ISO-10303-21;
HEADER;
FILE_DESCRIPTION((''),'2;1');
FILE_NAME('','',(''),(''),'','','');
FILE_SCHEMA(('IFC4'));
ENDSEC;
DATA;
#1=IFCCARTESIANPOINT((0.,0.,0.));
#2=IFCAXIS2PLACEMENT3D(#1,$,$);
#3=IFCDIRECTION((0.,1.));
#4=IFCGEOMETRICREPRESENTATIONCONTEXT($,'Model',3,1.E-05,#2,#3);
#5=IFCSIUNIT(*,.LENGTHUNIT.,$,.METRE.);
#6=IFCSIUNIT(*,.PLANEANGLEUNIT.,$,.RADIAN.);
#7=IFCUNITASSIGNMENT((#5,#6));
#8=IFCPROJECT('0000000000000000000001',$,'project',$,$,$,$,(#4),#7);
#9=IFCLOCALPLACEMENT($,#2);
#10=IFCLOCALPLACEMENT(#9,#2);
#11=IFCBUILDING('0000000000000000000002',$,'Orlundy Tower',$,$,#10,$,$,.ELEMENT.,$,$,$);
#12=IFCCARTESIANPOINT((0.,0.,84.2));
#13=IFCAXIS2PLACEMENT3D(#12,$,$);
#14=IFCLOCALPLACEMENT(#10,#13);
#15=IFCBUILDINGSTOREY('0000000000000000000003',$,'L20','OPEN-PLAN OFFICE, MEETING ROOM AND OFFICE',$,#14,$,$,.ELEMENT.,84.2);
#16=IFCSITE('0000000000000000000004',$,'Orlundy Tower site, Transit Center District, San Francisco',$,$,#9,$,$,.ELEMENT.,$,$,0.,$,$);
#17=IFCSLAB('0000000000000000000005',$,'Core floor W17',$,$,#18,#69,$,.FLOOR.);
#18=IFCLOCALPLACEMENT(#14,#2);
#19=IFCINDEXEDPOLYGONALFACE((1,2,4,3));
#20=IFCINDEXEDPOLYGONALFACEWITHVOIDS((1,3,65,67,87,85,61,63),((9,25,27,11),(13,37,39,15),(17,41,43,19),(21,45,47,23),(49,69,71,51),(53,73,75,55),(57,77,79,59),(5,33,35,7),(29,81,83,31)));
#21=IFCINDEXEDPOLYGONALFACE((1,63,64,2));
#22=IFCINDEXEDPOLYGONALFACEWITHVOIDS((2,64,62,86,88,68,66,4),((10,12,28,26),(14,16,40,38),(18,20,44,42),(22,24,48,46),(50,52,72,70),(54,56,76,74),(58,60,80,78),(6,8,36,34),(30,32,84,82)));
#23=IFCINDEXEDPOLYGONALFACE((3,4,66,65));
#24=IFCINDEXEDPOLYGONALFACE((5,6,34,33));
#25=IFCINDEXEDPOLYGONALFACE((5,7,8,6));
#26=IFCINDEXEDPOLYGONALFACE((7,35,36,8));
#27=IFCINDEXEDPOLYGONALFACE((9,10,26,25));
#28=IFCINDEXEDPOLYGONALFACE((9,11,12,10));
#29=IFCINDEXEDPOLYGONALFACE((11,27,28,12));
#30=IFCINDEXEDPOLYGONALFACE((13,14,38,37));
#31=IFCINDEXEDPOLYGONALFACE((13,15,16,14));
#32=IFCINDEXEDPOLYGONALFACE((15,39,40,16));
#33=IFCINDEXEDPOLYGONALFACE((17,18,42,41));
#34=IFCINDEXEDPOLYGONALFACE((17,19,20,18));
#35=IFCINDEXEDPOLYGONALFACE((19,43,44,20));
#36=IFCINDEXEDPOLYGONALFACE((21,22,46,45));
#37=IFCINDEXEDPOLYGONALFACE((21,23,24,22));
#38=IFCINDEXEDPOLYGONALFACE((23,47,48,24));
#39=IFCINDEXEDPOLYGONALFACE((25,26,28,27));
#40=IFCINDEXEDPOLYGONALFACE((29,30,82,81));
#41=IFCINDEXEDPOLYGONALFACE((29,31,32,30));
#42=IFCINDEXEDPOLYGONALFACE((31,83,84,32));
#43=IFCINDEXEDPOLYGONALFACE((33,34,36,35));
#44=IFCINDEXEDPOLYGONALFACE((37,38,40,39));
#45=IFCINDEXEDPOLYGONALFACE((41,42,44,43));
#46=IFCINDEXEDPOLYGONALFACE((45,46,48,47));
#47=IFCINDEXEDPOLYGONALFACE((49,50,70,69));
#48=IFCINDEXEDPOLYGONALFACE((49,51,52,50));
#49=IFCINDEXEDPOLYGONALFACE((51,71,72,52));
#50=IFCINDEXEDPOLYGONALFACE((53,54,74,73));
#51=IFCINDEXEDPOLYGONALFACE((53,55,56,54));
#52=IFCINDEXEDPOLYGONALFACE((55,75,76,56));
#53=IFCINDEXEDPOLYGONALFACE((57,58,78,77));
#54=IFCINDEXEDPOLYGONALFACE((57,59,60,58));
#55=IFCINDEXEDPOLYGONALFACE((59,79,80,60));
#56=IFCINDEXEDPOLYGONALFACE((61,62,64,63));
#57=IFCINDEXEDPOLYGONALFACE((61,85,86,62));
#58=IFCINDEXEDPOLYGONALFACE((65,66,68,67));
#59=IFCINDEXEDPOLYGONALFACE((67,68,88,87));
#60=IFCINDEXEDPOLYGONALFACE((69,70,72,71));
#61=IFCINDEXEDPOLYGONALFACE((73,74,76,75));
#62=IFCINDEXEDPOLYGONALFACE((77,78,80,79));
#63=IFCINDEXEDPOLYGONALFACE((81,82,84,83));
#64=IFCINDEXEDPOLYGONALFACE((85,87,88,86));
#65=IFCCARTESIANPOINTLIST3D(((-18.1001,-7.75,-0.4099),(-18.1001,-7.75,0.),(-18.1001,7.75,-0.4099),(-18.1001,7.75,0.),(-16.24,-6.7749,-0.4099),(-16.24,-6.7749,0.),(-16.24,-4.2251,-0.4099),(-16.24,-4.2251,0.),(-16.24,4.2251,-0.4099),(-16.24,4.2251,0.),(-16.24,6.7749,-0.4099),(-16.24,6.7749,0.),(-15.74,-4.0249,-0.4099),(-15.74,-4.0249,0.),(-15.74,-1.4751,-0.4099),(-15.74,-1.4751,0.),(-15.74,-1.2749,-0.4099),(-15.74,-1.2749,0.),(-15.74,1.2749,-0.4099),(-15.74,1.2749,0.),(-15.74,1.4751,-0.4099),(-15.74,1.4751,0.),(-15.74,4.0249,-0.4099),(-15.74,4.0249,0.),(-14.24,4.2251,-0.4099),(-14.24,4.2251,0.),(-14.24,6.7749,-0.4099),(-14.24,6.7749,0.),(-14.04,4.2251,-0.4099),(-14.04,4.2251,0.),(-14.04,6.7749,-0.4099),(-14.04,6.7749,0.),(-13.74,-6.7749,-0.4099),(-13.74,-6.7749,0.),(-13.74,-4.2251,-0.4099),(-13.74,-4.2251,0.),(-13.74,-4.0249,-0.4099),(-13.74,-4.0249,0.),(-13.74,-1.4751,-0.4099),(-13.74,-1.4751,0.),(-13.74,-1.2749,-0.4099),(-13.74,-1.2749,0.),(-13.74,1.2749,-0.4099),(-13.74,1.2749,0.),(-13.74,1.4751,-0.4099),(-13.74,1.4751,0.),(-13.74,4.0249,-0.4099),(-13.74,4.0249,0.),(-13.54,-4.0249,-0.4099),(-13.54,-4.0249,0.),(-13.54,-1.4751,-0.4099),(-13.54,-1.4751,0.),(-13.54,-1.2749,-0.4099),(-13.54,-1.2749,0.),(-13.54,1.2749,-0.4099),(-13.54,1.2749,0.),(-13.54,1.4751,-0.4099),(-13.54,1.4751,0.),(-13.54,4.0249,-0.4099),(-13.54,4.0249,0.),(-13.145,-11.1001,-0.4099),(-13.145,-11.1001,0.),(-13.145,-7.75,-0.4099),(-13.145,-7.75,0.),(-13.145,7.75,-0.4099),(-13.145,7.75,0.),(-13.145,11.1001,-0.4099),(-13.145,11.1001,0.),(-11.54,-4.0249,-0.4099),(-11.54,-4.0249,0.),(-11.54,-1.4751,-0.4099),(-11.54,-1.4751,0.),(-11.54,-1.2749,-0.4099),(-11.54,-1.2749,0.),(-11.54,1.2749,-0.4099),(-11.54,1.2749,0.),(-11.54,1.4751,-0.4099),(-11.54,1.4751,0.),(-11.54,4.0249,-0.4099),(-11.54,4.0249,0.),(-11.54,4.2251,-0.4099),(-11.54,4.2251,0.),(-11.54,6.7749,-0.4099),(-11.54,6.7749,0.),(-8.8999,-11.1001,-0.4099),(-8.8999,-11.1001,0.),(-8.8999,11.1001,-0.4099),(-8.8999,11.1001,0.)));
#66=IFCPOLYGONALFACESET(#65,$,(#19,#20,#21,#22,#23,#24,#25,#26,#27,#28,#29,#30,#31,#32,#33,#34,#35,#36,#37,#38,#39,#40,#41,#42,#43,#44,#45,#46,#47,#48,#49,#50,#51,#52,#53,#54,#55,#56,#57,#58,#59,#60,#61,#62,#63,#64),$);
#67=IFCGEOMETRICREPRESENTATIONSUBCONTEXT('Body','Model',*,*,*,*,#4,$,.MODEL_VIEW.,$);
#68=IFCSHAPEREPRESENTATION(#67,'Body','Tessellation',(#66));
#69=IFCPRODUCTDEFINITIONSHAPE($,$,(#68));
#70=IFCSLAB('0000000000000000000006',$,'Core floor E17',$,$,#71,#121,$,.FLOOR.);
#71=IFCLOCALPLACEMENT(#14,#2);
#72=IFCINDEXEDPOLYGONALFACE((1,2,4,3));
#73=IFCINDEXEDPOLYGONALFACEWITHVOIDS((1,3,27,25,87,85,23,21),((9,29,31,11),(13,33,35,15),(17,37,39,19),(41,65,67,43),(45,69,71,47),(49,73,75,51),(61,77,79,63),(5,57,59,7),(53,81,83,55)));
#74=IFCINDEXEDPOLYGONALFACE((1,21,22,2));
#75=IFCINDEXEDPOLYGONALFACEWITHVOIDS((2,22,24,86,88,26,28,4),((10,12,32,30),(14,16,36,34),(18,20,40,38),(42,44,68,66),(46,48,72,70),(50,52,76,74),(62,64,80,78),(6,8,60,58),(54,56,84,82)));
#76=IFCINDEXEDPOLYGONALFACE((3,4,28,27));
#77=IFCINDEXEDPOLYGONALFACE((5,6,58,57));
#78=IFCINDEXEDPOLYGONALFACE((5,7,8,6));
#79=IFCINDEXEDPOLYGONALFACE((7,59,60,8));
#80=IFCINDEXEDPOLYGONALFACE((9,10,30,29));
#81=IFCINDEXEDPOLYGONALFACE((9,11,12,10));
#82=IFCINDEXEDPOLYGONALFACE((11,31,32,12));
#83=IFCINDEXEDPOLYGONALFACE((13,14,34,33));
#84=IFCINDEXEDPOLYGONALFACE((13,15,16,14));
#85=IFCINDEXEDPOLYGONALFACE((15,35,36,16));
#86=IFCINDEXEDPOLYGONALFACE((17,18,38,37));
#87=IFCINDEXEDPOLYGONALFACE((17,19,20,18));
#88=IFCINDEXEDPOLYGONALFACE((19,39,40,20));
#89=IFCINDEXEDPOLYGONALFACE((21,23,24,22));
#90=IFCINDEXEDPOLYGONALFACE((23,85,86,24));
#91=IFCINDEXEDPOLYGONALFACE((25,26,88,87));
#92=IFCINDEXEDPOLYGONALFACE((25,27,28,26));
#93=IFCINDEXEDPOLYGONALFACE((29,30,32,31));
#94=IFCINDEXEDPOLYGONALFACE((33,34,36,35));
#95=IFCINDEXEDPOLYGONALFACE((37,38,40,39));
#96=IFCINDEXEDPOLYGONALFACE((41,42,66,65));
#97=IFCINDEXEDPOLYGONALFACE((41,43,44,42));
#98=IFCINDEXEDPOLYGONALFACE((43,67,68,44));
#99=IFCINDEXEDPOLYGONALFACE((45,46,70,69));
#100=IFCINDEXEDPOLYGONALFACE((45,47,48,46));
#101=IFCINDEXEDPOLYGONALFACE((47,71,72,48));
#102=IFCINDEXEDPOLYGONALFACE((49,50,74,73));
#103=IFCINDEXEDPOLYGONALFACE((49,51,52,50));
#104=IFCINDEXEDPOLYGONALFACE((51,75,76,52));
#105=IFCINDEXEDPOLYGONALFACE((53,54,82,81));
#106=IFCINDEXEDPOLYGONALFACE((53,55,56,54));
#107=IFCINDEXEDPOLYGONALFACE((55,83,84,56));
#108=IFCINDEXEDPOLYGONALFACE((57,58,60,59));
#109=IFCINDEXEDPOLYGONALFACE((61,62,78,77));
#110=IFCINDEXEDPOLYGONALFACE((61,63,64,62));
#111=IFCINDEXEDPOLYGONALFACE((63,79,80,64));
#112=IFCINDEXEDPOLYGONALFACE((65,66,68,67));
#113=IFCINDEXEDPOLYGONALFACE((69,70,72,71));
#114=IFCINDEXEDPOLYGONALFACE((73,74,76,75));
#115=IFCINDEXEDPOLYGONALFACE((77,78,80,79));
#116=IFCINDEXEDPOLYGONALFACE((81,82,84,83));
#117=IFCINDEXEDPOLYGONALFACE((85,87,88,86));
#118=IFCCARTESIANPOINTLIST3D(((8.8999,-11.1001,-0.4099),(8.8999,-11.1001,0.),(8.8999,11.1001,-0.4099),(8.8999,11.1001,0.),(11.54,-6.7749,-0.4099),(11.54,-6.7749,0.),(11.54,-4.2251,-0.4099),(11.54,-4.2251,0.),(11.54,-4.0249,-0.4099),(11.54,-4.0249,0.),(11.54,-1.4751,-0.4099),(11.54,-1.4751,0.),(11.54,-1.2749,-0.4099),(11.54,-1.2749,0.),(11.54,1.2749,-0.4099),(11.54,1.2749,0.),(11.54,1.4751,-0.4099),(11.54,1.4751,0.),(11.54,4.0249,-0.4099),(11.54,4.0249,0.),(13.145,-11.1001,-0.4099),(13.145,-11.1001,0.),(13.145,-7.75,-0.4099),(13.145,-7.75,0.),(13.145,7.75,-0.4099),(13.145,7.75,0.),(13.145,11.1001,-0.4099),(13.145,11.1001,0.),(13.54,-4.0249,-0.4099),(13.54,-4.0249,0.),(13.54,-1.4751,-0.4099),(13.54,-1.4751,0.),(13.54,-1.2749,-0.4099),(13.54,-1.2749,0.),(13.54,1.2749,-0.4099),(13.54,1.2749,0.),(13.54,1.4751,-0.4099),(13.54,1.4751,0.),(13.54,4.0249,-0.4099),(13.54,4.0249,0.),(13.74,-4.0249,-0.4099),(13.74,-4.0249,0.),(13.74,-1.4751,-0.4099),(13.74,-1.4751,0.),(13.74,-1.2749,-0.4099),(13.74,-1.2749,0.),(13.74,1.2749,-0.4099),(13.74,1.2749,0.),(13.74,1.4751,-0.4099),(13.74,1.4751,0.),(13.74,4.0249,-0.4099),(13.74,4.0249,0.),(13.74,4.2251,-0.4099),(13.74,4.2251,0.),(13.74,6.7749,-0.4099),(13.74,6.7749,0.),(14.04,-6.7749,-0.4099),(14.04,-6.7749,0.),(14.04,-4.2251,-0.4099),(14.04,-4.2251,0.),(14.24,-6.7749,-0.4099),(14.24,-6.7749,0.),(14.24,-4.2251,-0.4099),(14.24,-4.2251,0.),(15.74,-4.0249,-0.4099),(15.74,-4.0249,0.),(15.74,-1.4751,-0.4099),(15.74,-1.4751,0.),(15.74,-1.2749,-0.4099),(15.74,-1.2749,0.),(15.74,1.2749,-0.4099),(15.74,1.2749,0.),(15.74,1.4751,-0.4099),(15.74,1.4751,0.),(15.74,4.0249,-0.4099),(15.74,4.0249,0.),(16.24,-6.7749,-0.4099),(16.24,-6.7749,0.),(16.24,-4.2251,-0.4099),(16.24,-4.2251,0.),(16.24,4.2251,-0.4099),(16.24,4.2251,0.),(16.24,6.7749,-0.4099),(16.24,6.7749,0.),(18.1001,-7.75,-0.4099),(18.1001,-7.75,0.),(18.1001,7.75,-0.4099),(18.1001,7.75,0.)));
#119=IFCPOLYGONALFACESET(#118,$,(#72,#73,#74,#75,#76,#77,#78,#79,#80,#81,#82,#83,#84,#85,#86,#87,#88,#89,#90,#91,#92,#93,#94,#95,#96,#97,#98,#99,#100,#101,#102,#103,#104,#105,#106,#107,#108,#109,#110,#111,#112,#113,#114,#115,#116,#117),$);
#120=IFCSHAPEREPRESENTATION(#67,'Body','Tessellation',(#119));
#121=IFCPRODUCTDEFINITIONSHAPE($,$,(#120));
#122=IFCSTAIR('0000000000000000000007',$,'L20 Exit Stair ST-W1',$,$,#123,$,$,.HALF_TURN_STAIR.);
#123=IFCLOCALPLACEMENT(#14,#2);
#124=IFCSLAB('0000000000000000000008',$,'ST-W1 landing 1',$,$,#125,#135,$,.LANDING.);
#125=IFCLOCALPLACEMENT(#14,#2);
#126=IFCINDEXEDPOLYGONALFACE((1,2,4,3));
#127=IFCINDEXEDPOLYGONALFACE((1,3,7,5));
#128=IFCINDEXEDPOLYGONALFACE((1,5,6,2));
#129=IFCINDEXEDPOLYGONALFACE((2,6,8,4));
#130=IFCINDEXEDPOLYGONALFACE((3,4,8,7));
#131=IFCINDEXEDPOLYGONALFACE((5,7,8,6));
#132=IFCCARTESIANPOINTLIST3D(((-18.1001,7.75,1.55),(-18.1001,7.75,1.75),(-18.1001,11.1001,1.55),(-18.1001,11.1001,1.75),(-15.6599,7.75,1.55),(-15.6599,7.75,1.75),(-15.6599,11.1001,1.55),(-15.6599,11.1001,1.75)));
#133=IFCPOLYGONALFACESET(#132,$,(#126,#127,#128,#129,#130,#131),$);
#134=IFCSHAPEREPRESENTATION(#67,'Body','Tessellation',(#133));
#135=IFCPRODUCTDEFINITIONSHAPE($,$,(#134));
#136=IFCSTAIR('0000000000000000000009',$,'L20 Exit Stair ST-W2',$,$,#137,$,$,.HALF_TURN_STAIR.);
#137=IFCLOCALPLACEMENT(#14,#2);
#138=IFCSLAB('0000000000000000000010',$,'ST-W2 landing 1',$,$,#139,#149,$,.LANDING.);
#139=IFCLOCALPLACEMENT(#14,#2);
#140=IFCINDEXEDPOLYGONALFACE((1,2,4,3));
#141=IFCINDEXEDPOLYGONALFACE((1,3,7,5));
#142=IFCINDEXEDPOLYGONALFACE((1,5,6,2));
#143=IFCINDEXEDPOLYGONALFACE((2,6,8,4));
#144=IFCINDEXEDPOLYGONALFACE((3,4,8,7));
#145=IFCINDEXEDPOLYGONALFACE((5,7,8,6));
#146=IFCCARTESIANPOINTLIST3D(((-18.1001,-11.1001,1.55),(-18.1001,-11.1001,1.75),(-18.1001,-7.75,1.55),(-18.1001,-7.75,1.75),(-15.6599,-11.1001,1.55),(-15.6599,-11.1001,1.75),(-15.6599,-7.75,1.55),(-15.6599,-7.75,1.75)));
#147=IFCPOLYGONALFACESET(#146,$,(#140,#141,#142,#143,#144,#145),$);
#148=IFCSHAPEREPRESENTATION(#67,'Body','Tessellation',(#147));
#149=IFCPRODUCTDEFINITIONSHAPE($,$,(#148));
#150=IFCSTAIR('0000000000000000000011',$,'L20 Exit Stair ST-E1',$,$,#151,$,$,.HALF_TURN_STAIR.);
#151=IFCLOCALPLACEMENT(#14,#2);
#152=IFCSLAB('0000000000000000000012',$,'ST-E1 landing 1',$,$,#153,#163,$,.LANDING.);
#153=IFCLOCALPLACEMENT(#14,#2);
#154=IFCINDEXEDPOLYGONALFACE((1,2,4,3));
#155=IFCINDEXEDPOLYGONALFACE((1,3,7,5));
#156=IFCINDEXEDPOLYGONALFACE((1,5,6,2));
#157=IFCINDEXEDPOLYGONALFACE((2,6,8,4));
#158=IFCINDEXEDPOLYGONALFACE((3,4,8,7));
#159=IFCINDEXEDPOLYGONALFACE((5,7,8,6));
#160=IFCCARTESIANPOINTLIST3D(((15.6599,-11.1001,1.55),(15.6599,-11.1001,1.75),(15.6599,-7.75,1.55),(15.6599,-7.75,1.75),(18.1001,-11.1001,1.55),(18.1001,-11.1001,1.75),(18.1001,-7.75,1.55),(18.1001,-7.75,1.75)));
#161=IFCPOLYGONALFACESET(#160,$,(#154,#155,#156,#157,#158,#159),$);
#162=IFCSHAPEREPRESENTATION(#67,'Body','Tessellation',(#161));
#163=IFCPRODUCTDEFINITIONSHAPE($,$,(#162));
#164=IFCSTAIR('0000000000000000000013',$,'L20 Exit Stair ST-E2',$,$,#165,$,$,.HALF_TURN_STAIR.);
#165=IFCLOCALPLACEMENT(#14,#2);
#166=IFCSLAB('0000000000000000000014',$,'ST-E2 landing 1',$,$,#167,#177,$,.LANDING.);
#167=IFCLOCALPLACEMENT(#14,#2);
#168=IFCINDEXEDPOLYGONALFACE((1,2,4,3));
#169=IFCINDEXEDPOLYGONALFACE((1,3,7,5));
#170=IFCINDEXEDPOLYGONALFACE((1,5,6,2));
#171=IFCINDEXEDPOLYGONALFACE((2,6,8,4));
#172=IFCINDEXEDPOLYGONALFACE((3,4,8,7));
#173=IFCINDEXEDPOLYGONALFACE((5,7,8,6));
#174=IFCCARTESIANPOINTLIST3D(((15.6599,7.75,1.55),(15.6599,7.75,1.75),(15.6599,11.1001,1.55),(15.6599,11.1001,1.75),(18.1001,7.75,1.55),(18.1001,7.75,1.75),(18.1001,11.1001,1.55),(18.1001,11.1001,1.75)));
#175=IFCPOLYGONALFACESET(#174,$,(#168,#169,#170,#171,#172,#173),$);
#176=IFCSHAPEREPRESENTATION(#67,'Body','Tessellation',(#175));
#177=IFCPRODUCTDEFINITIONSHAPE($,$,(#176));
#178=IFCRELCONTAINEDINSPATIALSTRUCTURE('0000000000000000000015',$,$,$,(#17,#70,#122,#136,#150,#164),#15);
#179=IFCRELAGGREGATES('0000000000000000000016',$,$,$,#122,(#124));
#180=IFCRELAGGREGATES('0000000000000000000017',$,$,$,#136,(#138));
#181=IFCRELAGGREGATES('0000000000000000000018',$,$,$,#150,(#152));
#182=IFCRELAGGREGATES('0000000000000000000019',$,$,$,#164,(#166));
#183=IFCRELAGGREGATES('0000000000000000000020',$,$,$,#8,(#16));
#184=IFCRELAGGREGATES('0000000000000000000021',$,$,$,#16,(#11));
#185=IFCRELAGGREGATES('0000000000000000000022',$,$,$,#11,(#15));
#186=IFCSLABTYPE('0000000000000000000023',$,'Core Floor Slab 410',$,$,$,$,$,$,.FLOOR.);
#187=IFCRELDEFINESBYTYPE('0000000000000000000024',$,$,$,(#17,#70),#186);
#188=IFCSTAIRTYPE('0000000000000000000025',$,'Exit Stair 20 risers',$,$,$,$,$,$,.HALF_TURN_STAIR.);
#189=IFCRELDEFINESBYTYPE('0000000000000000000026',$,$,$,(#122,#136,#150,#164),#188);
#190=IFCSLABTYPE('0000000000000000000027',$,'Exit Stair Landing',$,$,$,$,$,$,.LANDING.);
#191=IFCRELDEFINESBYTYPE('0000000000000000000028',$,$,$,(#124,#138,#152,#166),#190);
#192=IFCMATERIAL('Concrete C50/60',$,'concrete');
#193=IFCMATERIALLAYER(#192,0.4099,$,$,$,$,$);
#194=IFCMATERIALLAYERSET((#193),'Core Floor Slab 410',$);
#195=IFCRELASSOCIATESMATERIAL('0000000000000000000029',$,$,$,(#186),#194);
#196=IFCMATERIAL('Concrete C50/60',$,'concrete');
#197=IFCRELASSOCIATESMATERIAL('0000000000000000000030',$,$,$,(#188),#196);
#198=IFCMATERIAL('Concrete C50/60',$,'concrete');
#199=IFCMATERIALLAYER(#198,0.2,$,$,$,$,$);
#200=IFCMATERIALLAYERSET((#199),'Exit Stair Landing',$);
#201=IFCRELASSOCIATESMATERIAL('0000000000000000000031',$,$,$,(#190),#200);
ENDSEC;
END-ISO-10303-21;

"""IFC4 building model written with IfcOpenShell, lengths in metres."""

from ifc_helpers import new_model, si_unit, direction, frame, origin, place, context, subcontext, project, spatial, polyline, outline, extrude, material, layer, layer_set, type_object, element, aggregate, save


model = new_model("IFC4")

# Units and contexts
model_context = context("Model", 3, precision=1e-05, world=origin(), true_north=direction((0.0, 1.0)))
body_context = subcontext(model_context, "Body", "Model", "MODEL_VIEW")
ifc_project = project(units=[si_unit("LENGTHUNIT", "METRE"), si_unit("PLANEANGLEUNIT", "RADIAN")], contexts=[model_context])

# Site, building, storey
site_placement = place(None, origin())
site = spatial("IfcSite", under=ifc_project, at=site_placement, Name="Orlundy Tower site, Transit Center District, San Francisco", CompositionType="ELEMENT", RefElevation=0.0)
building_placement = place(site_placement, origin())
building = spatial("IfcBuilding", under=site, at=building_placement, Name="Orlundy Tower", CompositionType="ELEMENT")
storey_placement = place(building_placement, frame((0.0, 0.0, 84.2)))
storey = spatial("IfcBuildingStorey", under=building, at=storey_placement, Name="L20", Description="OPEN-PLAN OFFICE, MEETING ROOM AND OFFICE", CompositionType="ELEMENT", Elevation=84.2)

# Slabs
ifc_material_1 = material(Name="Concrete C50/60", Category="concrete")
ifc_layer_1 = layer(ifc_material_1, 0.4099)
ifc_layer_set_1 = layer_set([ifc_layer_1], Name="Core Floor Slab 410")
slab_type_1 = type_object("IfcSlabType", Name="Core Floor Slab 410", PredefinedType="FLOOR", material=ifc_layer_set_1)
slab_1_placement = place(storey_placement, frame((0.0, 0.0, -0.4099)))
element("IfcSlab", 1, at=slab_1_placement, inside=storey, type_object=slab_type_1, Name="Core floor W17", PredefinedType="FLOOR", context=body_context, shape_type="SweptSolid", body=[
    extrude(outline(polyline([(-13.145, 7.75), (-13.145, 11.1001), (-8.8999, 11.1001), (-8.8999, -11.1001), (-13.145, -11.1001), (-13.145, -7.75), (-18.1001, -7.75), (-18.1001, 7.75), (-13.145, 7.75)]), holes=[polyline([(-16.24, -6.7749), (-13.74, -6.7749), (-13.74, -4.2251), (-16.24, -4.2251), (-16.24, -6.7749)]), polyline([(-13.54, -1.4751), (-13.54, -4.0249), (-11.54, -4.0249), (-11.54, -1.4751), (-13.54, -1.4751)]), polyline([(-13.74, -1.4751), (-15.74, -1.4751), (-15.74, -4.0249), (-13.74, -4.0249), (-13.74, -1.4751)]), polyline([(-11.54, -1.2749), (-11.54, 1.2749), (-13.54, 1.2749), (-13.54, -1.2749), (-11.54, -1.2749)]), polyline([(-15.74, -1.2749), (-13.74, -1.2749), (-13.74, 1.2749), (-15.74, 1.2749), (-15.74, -1.2749)]), polyline([(-13.54, 4.0249), (-13.54, 1.4751), (-11.54, 1.4751), (-11.54, 4.0249), (-13.54, 4.0249)]), polyline([(-13.74, 4.0249), (-15.74, 4.0249), (-15.74, 1.4751), (-13.74, 1.4751), (-13.74, 4.0249)]), polyline([(-11.54, 4.2251), (-11.54, 6.7749), (-14.04, 6.7749), (-14.04, 4.2251), (-11.54, 4.2251)]), polyline([(-16.24, 4.2251), (-14.24, 4.2251), (-14.24, 6.7749), (-16.24, 6.7749), (-16.24, 4.2251)])]), origin(), (0.0, 0.0, 1.0), 0.4099),
])
slab_2_placement = place(storey_placement, frame((0.0, 0.0, -0.4099)))
element("IfcSlab", 2, at=slab_2_placement, inside=storey, type_object=slab_type_1, Name="Core floor E17", PredefinedType="FLOOR", context=body_context, shape_type="SweptSolid", body=[
    extrude(outline(polyline([(13.145, -7.75), (13.145, -11.1001), (8.8999, -11.1001), (8.8999, 11.1001), (13.145, 11.1001), (13.145, 7.75), (18.1001, 7.75), (18.1001, -7.75), (13.145, -7.75)]), holes=[polyline([(16.24, 6.7749), (13.74, 6.7749), (13.74, 4.2251), (16.24, 4.2251), (16.24, 6.7749)]), polyline([(13.54, 1.4751), (13.54, 4.0249), (11.54, 4.0249), (11.54, 1.4751), (13.54, 1.4751)]), polyline([(13.74, 1.4751), (15.74, 1.4751), (15.74, 4.0249), (13.74, 4.0249), (13.74, 1.4751)]), polyline([(11.54, 1.2749), (11.54, -1.2749), (13.54, -1.2749), (13.54, 1.2749), (11.54, 1.2749)]), polyline([(15.74, 1.2749), (13.74, 1.2749), (13.74, -1.2749), (15.74, -1.2749), (15.74, 1.2749)]), polyline([(13.54, -4.0249), (13.54, -1.4751), (11.54, -1.4751), (11.54, -4.0249), (13.54, -4.0249)]), polyline([(13.74, -4.0249), (15.74, -4.0249), (15.74, -1.4751), (13.74, -1.4751), (13.74, -4.0249)]), polyline([(11.54, -4.2251), (11.54, -6.7749), (14.04, -6.7749), (14.04, -4.2251), (11.54, -4.2251)]), polyline([(16.24, -4.2251), (14.24, -4.2251), (14.24, -6.7749), (16.24, -6.7749), (16.24, -4.2251)])]), origin(), (0.0, 0.0, 1.0), 0.4099),
])

# Stairs, slabs
ifc_material_2 = material(Name="Concrete C50/60", Category="concrete")
stair_type = type_object("IfcStairType", Name="Exit Stair 20 risers", PredefinedType="HALF_TURN_STAIR", material=ifc_material_2)
stair_1_placement = place(storey_placement, origin())
stair_1 = element("IfcStair", 3, at=stair_1_placement, inside=storey, type_object=stair_type, Name="L20 Exit Stair ST-W1", PredefinedType="HALF_TURN_STAIR")
ifc_material_3 = material(Name="Concrete C50/60", Category="concrete")
ifc_layer_2 = layer(ifc_material_3, 0.2)
ifc_layer_set_2 = layer_set([ifc_layer_2], Name="Exit Stair Landing")
slab_type_2 = type_object("IfcSlabType", Name="Exit Stair Landing", PredefinedType="LANDING", material=ifc_layer_set_2)
slab_3_placement = place(storey_placement, frame((0.0, 0.0, 1.55)))
slab_3 = element("IfcSlab", 4, at=slab_3_placement, type_object=slab_type_2, Name="ST-W1 landing 1", PredefinedType="LANDING", context=body_context, shape_type="SweptSolid", body=[
    extrude(outline(polyline([(-15.6599, 11.1001), (-18.1001, 11.1001), (-18.1001, 7.75), (-15.6599, 7.75), (-15.6599, 11.1001)])), origin(), (0.0, 0.0, 1.0), 0.2),
])
aggregate(stair_1, [slab_3])
stair_2_placement = place(storey_placement, origin())
stair_2 = element("IfcStair", 5, at=stair_2_placement, inside=storey, type_object=stair_type, Name="L20 Exit Stair ST-W2", PredefinedType="HALF_TURN_STAIR")
slab_4_placement = place(storey_placement, frame((0.0, 0.0, 1.55)))
slab_4 = element("IfcSlab", 6, at=slab_4_placement, type_object=slab_type_2, Name="ST-W2 landing 1", PredefinedType="LANDING", context=body_context, shape_type="SweptSolid", body=[
    extrude(outline(polyline([(-15.6599, -7.75), (-18.1001, -7.75), (-18.1001, -11.1001), (-15.6599, -11.1001), (-15.6599, -7.75)])), origin(), (0.0, 0.0, 1.0), 0.2),
])
aggregate(stair_2, [slab_4])
stair_3_placement = place(storey_placement, origin())
stair_3 = element("IfcStair", 7, at=stair_3_placement, inside=storey, type_object=stair_type, Name="L20 Exit Stair ST-E1", PredefinedType="HALF_TURN_STAIR")
slab_5_placement = place(storey_placement, frame((0.0, 0.0, 1.55)))
slab_5 = element("IfcSlab", 8, at=slab_5_placement, type_object=slab_type_2, Name="ST-E1 landing 1", PredefinedType="LANDING", context=body_context, shape_type="SweptSolid", body=[
    extrude(outline(polyline([(15.6599, -11.1001), (18.1001, -11.1001), (18.1001, -7.75), (15.6599, -7.75), (15.6599, -11.1001)])), origin(), (0.0, 0.0, 1.0), 0.2),
])
aggregate(stair_3, [slab_5])
stair_4_placement = place(storey_placement, origin())
stair_4 = element("IfcStair", 9, at=stair_4_placement, inside=storey, type_object=stair_type, Name="L20 Exit Stair ST-E2", PredefinedType="HALF_TURN_STAIR")
slab_6_placement = place(storey_placement, frame((0.0, 0.0, 1.55)))
slab_6 = element("IfcSlab", 10, at=slab_6_placement, type_object=slab_type_2, Name="ST-E2 landing 1", PredefinedType="LANDING", context=body_context, shape_type="SweptSolid", body=[
    extrude(outline(polyline([(15.6599, 7.75), (18.1001, 7.75), (18.1001, 11.1001), (15.6599, 11.1001), (15.6599, 7.75)])), origin(), (0.0, 0.0, 1.0), 0.2),
])
aggregate(stair_4, [slab_6])

save(model, "model.ifc")
